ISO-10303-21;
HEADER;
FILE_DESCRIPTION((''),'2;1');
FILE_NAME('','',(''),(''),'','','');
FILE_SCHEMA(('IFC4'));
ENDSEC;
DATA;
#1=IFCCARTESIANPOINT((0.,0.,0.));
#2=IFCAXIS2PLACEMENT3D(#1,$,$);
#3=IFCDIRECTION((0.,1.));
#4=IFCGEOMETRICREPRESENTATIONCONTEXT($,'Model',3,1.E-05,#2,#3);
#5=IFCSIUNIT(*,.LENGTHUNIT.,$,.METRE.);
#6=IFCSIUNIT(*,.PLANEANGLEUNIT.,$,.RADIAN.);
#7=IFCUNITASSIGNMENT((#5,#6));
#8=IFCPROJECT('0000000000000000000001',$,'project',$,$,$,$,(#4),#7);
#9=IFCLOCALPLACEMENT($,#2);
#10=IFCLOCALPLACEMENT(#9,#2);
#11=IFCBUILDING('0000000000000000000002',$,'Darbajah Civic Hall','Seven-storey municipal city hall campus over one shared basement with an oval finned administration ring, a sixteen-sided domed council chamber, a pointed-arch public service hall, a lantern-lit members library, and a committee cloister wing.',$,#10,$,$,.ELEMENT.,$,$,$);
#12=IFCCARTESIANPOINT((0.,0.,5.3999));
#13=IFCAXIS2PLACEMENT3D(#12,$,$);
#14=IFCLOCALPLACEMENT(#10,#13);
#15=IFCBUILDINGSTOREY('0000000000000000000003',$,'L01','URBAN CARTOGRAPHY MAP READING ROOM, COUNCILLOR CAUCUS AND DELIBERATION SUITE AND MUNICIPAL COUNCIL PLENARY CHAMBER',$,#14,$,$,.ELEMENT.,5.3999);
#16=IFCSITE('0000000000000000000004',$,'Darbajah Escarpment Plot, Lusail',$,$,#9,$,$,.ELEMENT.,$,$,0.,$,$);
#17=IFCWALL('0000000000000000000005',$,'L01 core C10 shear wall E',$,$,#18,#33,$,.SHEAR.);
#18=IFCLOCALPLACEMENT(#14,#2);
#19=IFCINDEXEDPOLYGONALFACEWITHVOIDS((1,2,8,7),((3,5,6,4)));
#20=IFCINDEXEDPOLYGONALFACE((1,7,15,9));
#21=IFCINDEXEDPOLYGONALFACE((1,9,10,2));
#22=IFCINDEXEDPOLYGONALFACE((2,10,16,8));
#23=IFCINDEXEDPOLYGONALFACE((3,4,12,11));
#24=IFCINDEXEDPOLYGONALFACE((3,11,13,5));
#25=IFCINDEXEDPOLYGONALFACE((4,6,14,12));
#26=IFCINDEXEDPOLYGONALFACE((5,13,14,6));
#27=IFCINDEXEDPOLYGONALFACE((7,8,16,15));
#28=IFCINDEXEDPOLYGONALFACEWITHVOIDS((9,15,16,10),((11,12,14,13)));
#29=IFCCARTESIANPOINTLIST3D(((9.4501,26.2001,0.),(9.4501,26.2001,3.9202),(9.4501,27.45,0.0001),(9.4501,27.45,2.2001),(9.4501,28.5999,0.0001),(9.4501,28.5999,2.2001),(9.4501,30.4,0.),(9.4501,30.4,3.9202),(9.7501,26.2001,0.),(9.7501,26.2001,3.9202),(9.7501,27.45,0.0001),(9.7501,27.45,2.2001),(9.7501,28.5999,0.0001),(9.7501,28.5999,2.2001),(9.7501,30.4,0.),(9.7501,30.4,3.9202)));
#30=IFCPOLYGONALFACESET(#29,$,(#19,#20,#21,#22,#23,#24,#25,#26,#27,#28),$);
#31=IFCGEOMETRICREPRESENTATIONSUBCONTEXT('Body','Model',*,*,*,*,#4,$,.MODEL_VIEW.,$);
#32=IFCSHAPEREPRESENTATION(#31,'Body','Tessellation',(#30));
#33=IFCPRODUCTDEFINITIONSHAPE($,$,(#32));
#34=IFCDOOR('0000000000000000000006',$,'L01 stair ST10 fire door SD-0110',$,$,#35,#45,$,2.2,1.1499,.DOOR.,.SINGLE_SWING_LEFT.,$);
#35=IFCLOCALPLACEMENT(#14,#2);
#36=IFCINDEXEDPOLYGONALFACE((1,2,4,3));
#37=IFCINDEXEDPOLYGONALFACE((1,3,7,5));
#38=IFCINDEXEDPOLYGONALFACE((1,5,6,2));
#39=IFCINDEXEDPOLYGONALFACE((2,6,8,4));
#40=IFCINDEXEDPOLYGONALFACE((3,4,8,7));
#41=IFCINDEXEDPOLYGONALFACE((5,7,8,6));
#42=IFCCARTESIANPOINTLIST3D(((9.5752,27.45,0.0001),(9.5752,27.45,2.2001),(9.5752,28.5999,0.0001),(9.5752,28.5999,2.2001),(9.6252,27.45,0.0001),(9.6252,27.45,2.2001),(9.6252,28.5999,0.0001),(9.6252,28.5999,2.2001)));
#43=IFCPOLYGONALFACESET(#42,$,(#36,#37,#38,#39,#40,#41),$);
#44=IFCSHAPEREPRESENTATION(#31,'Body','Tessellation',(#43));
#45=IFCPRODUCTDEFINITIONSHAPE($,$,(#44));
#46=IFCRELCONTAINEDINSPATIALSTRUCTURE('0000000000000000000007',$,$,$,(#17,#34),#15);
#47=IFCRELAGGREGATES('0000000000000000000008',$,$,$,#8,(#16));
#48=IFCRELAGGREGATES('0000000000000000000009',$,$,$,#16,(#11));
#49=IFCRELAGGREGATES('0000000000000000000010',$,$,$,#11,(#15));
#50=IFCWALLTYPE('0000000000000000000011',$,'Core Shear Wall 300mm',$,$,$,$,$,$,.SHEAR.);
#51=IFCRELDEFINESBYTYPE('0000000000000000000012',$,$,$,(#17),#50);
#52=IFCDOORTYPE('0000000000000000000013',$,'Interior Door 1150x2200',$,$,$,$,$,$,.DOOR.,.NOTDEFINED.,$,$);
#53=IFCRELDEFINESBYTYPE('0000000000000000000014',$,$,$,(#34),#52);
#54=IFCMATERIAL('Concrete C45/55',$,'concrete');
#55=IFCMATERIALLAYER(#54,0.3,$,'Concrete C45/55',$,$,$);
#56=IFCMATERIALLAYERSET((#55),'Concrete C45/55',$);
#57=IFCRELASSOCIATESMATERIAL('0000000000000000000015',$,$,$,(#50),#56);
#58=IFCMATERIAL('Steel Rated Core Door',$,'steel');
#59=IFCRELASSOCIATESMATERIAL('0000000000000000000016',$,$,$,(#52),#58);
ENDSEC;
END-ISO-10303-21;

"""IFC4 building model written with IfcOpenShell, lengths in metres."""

from ifc_helpers import new_model, si_unit, direction, frame, frame_2d, origin, place, context, subcontext, project, spatial, rectangle, extrude, material, layer, layer_set, type_object, element, fill, save


model = new_model("IFC4")

# Units and contexts
model_context = context("Model", 3, precision=1e-05, world=origin(), true_north=direction((0.0, 1.0)))
body_context = subcontext(model_context, "Body", "Model", "MODEL_VIEW")
ifc_project = project(units=[si_unit("LENGTHUNIT", "METRE"), si_unit("PLANEANGLEUNIT", "RADIAN")], contexts=[model_context])

# Site, building, storey
site_placement = place(None, origin())
site = spatial("IfcSite", under=ifc_project, at=site_placement, Name="Darbajah Escarpment Plot, Lusail", CompositionType="ELEMENT", RefElevation=0.0)
building_placement = place(site_placement, origin())
building = spatial("IfcBuilding", under=site, at=building_placement, Name="Darbajah Civic Hall", Description="Seven-storey municipal city hall campus over one shared basement with an oval finned administration ring, a sixteen-sided domed council chamber, a pointed-arch public service hall, a lantern-lit members library, and a committee cloister wing.", CompositionType="ELEMENT")
storey_placement = place(building_placement, frame((0.0, 0.0, 5.3999)))
storey = spatial("IfcBuildingStorey", under=building, at=storey_placement, Name="L01", Description="URBAN CARTOGRAPHY MAP READING ROOM, COUNCILLOR CAUCUS AND DELIBERATION SUITE AND MUNICIPAL COUNCIL PLENARY CHAMBER", CompositionType="ELEMENT", Elevation=5.3999)

# Shared definitions
ifc_material_1 = material(Name="Concrete C45/55", Category="concrete")

# Wall, opening, door
ifc_layer_1 = layer(ifc_material_1, 0.3, Name="Concrete C45/55")
ifc_layer_set_1 = layer_set([ifc_layer_1], Name="Concrete C45/55")
wall_type = type_object("IfcWallType", Name="Core Shear Wall 300mm", PredefinedType="SHEAR", material=ifc_layer_set_1)
wall_placement = place(storey_placement, frame((9.6001, 26.2, 0.0), z_axis=(0.0, 0.0, 1.0), x_axis=(0.0, 1.0, 0.0)))
wall = element("IfcWall", 1, at=wall_placement, inside=storey, type_object=wall_type, Name="L01 core C10 shear wall E", PredefinedType="SHEAR", context=body_context, shape_type="SweptSolid", body=[
    extrude(rectangle(XDim=4.2, YDim=0.3, at=frame_2d((2.1001, 0.0))), origin(), (0.0, 0.0, 1.0), 3.9202),
])
opening_placement = place(wall_placement, frame((1.25, 0.0, 0.0)))
opening = element("IfcOpeningElement", 2, at=opening_placement, cuts=wall, PredefinedType="OPENING", context=body_context, shape_type="SweptSolid", body=[
    extrude(rectangle(XDim=1.1499, YDim=2.2, at=frame_2d((0.575, 1.1001))), frame((0.0, 0.1599, 0.0), z_axis=(0.0, -1.0, 0.0), x_axis=(1.0, 0.0, 0.0)), (0.0, 0.0, 1.0), 0.3201),
])
ifc_material_2 = material(Name="Steel Rated Core Door", Category="steel")
door_type = type_object("IfcDoorType", Name="Interior Door 1150x2200", OperationType="NOTDEFINED", PredefinedType="DOOR", material=ifc_material_2)
door_placement = place(opening_placement, origin())
door = element("IfcDoor", 3, at=door_placement, inside=storey, type_object=door_type, Name="L01 stair ST10 fire door SD-0110", OperationType="SINGLE_SWING_LEFT", OverallHeight=2.2, OverallWidth=1.1499, PredefinedType="DOOR", context=body_context, shape_type="SweptSolid", body=[
    extrude(rectangle(XDim=1.1499, YDim=2.2, at=frame_2d((0.575, 1.1001))), frame((0.0, 0.0249, 0.0), z_axis=(0.0, -1.0, 0.0), x_axis=(1.0, 0.0, 0.0)), (0.0, 0.0, 1.0), 0.05),
])
fill(opening, door)

save(model, "model.ifc")
